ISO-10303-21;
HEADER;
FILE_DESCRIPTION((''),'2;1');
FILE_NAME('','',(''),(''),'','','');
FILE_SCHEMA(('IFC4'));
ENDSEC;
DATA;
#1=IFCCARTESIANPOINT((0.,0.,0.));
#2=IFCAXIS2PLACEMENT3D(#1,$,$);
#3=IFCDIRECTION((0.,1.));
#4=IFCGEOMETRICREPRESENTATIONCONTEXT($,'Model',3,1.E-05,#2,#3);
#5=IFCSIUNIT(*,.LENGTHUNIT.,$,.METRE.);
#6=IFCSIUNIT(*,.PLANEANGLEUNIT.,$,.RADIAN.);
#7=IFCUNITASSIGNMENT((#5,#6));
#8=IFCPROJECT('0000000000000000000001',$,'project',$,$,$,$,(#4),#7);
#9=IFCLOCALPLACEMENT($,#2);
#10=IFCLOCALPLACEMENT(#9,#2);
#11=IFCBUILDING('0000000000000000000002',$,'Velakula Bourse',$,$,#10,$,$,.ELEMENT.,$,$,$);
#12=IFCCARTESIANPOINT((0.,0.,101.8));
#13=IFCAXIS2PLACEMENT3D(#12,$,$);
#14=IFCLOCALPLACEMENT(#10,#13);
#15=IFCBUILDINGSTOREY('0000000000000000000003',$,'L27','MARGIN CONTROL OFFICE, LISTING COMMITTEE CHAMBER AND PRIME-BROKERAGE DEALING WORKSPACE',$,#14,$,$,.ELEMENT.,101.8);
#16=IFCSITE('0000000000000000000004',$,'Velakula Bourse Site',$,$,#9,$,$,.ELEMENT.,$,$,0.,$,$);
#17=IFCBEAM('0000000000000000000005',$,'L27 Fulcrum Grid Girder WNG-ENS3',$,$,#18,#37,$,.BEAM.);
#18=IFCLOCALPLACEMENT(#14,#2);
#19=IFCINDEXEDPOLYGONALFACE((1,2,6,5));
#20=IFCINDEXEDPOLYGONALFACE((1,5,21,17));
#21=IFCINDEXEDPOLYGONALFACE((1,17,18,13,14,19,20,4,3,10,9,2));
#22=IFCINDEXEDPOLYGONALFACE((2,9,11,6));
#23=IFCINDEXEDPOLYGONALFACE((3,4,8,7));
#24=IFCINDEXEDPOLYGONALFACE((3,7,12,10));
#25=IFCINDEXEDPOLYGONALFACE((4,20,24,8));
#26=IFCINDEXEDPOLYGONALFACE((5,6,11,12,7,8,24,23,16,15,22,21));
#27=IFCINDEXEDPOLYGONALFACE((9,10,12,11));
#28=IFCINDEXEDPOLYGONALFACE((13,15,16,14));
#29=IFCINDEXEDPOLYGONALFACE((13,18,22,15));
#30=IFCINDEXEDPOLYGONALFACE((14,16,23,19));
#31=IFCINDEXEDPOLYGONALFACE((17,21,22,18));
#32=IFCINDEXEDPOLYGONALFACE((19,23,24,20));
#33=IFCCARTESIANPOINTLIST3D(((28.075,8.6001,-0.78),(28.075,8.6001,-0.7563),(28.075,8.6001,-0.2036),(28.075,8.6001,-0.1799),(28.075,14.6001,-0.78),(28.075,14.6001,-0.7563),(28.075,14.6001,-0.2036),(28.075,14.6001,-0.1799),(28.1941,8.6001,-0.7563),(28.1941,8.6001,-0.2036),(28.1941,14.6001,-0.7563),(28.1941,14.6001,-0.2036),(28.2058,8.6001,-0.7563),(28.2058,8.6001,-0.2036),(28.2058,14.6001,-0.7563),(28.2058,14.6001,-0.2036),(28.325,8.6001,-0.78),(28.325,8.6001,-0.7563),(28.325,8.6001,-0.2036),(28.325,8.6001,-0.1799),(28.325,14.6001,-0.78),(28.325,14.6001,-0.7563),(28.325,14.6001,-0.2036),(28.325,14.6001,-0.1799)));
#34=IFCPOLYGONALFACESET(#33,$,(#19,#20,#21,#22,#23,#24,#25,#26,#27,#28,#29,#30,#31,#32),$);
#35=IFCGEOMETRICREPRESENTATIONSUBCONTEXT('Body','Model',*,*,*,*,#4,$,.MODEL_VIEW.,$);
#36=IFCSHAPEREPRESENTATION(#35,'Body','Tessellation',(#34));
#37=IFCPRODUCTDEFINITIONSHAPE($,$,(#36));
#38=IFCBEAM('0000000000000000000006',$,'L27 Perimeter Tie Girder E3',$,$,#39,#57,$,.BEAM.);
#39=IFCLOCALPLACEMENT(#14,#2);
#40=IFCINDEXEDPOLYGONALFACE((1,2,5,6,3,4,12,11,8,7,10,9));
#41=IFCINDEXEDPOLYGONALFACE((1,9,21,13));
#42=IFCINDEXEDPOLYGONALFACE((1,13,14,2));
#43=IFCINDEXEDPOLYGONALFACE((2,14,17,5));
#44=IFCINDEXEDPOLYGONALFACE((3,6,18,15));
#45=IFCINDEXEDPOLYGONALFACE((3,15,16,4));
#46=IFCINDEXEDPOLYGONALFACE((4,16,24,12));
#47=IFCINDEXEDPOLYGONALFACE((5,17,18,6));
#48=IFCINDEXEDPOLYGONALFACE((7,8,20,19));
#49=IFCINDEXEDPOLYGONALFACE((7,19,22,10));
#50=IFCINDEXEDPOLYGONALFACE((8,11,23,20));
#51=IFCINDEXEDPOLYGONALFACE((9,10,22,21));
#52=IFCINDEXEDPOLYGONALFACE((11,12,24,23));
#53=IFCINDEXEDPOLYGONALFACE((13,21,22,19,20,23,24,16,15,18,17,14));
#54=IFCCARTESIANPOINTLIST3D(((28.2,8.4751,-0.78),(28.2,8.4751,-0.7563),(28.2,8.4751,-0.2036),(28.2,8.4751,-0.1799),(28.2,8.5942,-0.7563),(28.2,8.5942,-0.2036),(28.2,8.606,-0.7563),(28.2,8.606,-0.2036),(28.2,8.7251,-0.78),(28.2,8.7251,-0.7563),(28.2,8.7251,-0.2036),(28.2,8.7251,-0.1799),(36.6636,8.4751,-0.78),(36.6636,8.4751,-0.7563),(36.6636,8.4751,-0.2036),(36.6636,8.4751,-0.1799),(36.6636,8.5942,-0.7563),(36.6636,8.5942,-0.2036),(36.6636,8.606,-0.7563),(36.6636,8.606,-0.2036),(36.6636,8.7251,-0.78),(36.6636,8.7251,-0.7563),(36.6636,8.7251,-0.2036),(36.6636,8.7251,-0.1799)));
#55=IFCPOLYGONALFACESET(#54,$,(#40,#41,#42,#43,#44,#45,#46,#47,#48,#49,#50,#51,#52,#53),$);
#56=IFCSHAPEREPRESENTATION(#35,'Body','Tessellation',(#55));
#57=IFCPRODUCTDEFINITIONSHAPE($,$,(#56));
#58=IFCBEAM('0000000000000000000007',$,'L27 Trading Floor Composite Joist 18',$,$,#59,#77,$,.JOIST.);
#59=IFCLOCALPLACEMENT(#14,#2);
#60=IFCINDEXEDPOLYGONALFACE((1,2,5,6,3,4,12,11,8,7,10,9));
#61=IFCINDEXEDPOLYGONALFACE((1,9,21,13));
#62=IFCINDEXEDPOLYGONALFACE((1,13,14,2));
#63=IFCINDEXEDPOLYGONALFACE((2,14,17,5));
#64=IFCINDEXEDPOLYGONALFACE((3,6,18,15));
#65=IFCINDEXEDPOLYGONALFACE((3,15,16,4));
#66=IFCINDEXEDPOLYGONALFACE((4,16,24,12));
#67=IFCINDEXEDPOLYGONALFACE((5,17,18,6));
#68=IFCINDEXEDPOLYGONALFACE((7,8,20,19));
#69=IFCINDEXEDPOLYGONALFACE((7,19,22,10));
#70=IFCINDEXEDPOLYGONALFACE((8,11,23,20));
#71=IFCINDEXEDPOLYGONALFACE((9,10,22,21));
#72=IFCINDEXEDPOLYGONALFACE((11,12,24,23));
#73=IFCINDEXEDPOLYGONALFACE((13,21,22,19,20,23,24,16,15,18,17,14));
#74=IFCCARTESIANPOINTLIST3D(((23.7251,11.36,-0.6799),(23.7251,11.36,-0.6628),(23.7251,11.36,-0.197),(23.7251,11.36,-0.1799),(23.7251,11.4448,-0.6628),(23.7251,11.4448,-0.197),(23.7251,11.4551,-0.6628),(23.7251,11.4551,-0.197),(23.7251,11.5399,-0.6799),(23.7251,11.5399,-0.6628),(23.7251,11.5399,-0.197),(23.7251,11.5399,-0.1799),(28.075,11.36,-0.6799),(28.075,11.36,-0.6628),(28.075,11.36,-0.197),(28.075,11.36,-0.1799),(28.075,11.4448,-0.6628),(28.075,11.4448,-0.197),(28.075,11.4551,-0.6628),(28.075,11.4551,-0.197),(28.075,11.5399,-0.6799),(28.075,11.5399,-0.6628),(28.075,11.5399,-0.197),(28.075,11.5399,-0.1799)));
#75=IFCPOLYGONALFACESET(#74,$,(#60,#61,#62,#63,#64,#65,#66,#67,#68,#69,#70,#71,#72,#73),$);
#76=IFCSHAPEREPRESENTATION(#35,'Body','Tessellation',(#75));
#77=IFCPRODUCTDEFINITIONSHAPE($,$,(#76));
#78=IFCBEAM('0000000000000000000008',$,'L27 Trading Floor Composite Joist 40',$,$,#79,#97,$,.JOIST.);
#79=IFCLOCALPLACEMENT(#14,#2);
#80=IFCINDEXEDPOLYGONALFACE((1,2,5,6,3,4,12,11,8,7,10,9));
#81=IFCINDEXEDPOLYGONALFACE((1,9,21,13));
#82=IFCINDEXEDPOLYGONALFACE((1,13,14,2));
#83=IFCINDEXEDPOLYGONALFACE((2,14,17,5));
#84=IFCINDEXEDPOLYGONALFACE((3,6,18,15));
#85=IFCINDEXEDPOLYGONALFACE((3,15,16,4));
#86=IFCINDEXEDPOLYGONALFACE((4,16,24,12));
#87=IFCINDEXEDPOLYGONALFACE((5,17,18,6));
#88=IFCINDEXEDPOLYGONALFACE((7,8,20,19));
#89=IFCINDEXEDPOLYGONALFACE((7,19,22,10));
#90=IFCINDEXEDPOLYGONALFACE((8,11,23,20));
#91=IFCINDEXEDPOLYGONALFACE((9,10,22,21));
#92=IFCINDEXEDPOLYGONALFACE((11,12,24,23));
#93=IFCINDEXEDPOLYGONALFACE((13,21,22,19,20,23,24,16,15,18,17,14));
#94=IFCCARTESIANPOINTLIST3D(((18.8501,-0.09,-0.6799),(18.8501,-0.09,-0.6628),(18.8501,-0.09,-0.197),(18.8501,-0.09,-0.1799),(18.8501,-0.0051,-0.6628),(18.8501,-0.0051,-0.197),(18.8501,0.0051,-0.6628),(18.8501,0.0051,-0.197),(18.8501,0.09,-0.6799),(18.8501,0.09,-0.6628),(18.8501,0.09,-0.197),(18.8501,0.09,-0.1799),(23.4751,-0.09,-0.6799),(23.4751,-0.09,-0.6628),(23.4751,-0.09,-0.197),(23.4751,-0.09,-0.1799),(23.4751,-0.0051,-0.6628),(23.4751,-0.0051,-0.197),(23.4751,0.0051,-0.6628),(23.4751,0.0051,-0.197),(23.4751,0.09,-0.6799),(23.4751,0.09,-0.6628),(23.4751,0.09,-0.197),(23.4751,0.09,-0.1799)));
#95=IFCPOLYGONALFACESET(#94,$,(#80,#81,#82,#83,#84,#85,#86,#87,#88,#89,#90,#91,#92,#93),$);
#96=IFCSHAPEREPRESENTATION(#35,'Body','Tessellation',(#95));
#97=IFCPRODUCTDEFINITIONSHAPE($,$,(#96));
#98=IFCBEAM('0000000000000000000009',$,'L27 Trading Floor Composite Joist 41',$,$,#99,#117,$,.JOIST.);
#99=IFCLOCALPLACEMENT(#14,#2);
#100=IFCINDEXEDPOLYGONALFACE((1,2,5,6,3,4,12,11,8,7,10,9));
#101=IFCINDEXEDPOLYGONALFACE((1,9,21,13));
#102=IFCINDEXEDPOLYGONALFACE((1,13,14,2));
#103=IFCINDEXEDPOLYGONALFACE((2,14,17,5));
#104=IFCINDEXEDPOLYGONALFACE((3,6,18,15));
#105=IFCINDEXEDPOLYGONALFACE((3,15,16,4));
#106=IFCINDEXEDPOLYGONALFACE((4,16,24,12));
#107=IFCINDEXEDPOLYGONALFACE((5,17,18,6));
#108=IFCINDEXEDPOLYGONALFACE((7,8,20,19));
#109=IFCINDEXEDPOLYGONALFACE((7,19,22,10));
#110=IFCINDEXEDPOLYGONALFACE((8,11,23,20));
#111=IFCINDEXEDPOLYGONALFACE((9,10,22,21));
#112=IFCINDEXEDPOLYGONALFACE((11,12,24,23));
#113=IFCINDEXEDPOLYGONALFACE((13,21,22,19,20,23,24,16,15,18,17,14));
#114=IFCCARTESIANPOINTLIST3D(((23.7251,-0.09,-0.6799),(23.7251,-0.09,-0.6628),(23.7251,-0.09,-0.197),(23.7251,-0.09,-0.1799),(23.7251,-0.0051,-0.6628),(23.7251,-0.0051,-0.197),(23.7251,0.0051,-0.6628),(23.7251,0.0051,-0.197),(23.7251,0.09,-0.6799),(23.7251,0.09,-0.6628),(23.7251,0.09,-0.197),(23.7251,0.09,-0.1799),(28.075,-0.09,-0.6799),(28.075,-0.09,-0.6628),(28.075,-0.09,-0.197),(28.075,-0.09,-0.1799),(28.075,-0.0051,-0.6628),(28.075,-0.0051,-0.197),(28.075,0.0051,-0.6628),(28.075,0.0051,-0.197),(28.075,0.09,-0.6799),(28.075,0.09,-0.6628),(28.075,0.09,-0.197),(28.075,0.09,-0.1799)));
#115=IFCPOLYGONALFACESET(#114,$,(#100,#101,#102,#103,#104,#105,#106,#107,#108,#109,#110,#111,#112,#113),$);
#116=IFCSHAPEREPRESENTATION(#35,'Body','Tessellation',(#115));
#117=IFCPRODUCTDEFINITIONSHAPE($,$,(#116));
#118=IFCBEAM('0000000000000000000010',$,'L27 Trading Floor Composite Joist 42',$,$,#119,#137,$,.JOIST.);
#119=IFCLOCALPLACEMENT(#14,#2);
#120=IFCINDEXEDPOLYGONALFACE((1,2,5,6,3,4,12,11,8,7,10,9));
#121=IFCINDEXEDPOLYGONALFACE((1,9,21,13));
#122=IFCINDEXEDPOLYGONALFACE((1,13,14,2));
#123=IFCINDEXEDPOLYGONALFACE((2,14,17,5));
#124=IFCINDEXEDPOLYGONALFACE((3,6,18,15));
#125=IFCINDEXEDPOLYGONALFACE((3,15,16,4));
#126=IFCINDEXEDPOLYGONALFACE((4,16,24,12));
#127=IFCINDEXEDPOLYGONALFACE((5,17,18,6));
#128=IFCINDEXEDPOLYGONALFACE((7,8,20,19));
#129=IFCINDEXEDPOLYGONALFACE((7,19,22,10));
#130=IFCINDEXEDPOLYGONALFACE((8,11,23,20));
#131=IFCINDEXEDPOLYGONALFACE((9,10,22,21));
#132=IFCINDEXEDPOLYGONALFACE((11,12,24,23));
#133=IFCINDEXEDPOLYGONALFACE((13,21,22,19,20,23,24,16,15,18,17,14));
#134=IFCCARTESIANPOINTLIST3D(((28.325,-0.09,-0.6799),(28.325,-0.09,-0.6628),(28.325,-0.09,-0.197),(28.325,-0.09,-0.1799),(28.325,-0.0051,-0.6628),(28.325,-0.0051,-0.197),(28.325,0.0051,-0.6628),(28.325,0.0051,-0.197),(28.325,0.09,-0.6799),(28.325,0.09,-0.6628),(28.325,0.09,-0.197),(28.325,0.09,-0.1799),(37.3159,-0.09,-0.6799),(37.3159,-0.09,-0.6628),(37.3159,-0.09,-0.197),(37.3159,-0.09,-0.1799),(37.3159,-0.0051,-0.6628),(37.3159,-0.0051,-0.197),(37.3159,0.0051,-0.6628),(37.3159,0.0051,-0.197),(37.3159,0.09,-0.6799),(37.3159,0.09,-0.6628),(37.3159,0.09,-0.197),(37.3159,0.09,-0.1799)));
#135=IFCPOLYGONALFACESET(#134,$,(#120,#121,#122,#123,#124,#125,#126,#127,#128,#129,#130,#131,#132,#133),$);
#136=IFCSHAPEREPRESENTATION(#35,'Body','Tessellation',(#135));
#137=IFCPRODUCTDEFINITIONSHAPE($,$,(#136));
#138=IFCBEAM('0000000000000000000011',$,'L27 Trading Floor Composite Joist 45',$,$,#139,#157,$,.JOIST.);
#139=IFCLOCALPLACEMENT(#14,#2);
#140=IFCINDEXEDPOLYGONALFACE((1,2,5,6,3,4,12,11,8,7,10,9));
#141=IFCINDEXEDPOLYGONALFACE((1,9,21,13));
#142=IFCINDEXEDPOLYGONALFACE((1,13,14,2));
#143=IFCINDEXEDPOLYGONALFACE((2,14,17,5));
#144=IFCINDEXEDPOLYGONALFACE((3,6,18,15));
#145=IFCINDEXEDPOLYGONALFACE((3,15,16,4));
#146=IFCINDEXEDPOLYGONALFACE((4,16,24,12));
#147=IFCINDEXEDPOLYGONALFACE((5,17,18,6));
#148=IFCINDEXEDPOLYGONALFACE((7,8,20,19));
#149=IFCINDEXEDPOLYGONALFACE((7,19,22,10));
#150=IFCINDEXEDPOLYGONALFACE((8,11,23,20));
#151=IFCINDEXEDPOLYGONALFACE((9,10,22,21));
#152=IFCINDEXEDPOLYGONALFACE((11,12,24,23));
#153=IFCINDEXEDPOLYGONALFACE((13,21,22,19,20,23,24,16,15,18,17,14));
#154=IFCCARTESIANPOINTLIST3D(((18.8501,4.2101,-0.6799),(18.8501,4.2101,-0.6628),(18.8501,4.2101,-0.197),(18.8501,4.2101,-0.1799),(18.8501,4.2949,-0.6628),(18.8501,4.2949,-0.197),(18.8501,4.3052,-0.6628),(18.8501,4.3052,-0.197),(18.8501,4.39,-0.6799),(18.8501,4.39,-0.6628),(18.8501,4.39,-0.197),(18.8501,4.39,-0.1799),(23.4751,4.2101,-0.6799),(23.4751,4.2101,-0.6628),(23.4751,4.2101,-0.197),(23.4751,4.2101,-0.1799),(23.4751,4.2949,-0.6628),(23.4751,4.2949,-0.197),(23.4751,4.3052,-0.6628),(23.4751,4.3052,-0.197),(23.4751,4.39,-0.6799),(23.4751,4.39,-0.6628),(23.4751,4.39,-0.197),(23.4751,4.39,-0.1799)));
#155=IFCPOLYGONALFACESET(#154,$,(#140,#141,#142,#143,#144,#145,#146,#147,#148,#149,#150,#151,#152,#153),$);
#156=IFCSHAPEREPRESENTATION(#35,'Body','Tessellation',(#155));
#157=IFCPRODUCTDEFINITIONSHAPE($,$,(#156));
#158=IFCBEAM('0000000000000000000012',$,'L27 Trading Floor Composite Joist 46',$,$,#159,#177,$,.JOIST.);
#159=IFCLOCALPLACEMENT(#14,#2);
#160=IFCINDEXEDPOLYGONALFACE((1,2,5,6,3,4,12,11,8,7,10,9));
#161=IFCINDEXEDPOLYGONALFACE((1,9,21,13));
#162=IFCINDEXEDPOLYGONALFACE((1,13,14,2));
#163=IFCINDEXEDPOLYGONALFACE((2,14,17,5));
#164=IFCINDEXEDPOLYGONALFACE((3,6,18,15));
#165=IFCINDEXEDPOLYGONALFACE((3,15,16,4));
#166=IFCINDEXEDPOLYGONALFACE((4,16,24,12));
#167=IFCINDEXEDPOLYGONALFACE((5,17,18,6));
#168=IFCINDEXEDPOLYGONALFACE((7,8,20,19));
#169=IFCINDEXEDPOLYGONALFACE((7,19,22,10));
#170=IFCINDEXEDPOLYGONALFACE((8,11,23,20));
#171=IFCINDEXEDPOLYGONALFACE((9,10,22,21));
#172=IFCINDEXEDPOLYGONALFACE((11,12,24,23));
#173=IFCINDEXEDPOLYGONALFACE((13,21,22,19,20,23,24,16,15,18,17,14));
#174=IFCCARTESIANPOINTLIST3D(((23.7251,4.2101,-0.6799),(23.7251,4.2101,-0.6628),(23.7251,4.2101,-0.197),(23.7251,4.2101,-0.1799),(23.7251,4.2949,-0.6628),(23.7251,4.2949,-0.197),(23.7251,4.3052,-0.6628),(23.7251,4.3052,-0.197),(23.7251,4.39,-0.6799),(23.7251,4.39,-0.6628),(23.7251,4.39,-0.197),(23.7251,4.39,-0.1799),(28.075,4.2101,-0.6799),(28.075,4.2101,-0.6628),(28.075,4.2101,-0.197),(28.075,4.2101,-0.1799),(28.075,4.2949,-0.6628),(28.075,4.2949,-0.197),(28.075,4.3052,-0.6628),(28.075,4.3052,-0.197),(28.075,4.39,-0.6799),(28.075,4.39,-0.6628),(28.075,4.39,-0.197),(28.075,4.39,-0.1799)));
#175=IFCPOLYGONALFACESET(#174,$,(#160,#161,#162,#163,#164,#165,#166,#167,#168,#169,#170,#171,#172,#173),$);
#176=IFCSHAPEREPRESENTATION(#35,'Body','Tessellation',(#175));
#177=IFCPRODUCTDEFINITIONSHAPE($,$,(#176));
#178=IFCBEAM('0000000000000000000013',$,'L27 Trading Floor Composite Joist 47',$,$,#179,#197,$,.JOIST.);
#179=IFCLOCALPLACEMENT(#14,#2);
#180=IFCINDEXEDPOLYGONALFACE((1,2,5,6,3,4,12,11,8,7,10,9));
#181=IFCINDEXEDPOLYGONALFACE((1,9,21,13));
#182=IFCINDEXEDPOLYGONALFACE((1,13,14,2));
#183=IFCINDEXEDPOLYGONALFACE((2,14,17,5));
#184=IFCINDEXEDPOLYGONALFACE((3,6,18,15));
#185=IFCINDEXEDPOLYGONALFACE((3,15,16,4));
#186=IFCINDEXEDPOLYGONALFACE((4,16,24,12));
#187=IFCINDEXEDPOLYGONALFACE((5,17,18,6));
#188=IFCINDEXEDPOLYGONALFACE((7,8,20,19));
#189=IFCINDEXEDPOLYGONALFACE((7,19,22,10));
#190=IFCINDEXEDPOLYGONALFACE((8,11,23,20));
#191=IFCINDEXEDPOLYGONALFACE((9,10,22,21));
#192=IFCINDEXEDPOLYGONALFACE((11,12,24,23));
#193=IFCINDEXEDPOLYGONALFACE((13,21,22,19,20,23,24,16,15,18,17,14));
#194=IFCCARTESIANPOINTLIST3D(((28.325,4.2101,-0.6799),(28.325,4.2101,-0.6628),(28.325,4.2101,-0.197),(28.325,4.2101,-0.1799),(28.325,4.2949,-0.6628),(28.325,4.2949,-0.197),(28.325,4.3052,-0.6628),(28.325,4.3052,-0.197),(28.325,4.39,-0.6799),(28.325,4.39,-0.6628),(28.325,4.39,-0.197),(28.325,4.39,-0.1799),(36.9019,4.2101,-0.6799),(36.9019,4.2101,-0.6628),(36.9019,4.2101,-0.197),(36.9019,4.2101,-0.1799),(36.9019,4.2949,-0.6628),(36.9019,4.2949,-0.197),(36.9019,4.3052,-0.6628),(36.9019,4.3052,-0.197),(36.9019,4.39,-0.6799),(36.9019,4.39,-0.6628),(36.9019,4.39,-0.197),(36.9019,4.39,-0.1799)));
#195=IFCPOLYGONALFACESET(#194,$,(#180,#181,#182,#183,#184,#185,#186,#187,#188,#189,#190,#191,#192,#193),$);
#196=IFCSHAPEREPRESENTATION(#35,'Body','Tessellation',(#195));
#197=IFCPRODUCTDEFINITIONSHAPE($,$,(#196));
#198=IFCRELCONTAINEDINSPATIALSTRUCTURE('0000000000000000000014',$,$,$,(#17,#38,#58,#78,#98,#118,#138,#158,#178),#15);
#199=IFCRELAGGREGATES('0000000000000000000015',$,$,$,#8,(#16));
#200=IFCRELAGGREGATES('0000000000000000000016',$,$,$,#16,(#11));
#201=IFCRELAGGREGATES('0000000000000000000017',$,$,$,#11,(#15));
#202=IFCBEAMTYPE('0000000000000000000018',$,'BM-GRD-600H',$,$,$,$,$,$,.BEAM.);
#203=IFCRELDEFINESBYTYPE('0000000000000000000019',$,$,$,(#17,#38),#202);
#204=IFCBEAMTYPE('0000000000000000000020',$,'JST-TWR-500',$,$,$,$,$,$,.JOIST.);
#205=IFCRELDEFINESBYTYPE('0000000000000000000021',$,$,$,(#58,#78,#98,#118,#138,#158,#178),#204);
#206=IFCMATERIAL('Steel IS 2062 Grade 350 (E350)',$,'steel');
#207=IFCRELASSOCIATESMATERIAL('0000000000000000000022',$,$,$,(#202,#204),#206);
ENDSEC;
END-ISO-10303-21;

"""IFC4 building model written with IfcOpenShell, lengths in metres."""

from ifc_helpers import new_model, si_unit, direction, frame, origin, origin_2d, place, context, subcontext, project, spatial, i_section, extrude, material, material_profile, profile_set, type_object, element, save


model = new_model("IFC4")

# Units and contexts
model_context = context("Model", 3, precision=1e-05, world=origin(), true_north=direction((0.0, 1.0)))
body_context = subcontext(model_context, "Body", "Model", "MODEL_VIEW")
ifc_project = project(units=[si_unit("LENGTHUNIT", "METRE"), si_unit("PLANEANGLEUNIT", "RADIAN")], contexts=[model_context])

# Site, building, storey
site_placement = place(None, origin())
site = spatial("IfcSite", under=ifc_project, at=site_placement, Name="Velakula Bourse Site", CompositionType="ELEMENT", RefElevation=0.0)
building_placement = place(site_placement, origin())
building = spatial("IfcBuilding", under=site, at=building_placement, Name="Velakula Bourse", CompositionType="ELEMENT")
storey_placement = place(building_placement, frame((0.0, 0.0, 101.8)))
storey = spatial("IfcBuildingStorey", under=building, at=storey_placement, Name="L27", Description="MARGIN CONTROL OFFICE, LISTING COMMITTEE CHAMBER AND PRIME-BROKERAGE DEALING WORKSPACE", CompositionType="ELEMENT", Elevation=101.8)

# Beams
ifc_material_1 = material(Name="Steel IS 2062 Grade 350 (E350)", Category="steel")
ifc_material_profile_1 = material_profile(ifc_material_1, i_section(OverallWidth=0.25, OverallDepth=0.6001, WebThickness=0.0117, FlangeThickness=0.0237, at=origin_2d()), Name="Steel IS 2062 Grade 350 (E350)")
ifc_profile_set_1 = profile_set([ifc_material_profile_1], Name="Steel IS 2062 Grade 350 (E350)")
beam_type_1 = type_object("IfcBeamType", Name="BM-GRD-600H", PredefinedType="BEAM", material=ifc_profile_set_1)
beam_1_placement = place(storey_placement, frame((28.2, 8.6001, -0.48), z_axis=(0.0, 1.0, 0.0), x_axis=(-1.0, 0.0, 0.0)))
element("IfcBeam", 1, at=beam_1_placement, inside=storey, type_object=beam_type_1, Name="L27 Fulcrum Grid Girder WNG-ENS3", PredefinedType="BEAM", context=body_context, shape_type="SweptSolid", body=[
    extrude(i_section(OverallWidth=0.25, OverallDepth=0.6001, WebThickness=0.0117, FlangeThickness=0.0237, at=origin_2d()), origin(), (0.0, 0.0, 1.0), 6.0),
])
beam_2_placement = place(storey_placement, frame((28.2, 8.6001, -0.48), z_axis=(1.0, 0.0, 0.0), x_axis=(0.0, 1.0, 0.0)))
element("IfcBeam", 2, at=beam_2_placement, inside=storey, type_object=beam_type_1, Name="L27 Perimeter Tie Girder E3", PredefinedType="BEAM", context=body_context, shape_type="SweptSolid", body=[
    extrude(i_section(OverallWidth=0.25, OverallDepth=0.6001, WebThickness=0.0117, FlangeThickness=0.0237, at=origin_2d()), origin(), (0.0, 0.0, 1.0), 8.4636),
])
ifc_material_profile_2 = material_profile(ifc_material_1, i_section(OverallWidth=0.1799, OverallDepth=0.5, WebThickness=0.0103, FlangeThickness=0.0171, at=origin_2d()), Name="Steel IS 2062 Grade 350 (E350)")
ifc_profile_set_2 = profile_set([ifc_material_profile_2], Name="Steel IS 2062 Grade 350 (E350)")
beam_type_2 = type_object("IfcBeamType", Name="JST-TWR-500", PredefinedType="JOIST", material=ifc_profile_set_2)
beam_3_placement = place(storey_placement, frame((23.7251, 11.45, -0.4299), z_axis=(1.0, 0.0, 0.0), x_axis=(0.0, 1.0, 0.0)))
element("IfcBeam", 3, at=beam_3_placement, inside=storey, type_object=beam_type_2, Name="L27 Trading Floor Composite Joist 18", PredefinedType="JOIST", context=body_context, shape_type="SweptSolid", body=[
    extrude(i_section(OverallWidth=0.1799, OverallDepth=0.5, WebThickness=0.0103, FlangeThickness=0.0171, at=origin_2d()), origin(), (0.0, 0.0, 1.0), 4.3499),
])
beam_4_placement = place(storey_placement, frame((18.8501, 0.0, -0.4299), z_axis=(1.0, 0.0, 0.0), x_axis=(0.0, 1.0, 0.0)))
element("IfcBeam", 4, at=beam_4_placement, inside=storey, type_object=beam_type_2, Name="L27 Trading Floor Composite Joist 40", PredefinedType="JOIST", context=body_context, shape_type="SweptSolid", body=[
    extrude(i_section(OverallWidth=0.1799, OverallDepth=0.5, WebThickness=0.0103, FlangeThickness=0.0171, at=origin_2d()), origin(), (0.0, 0.0, 1.0), 4.625),
])
beam_5_placement = place(storey_placement, frame((23.7251, 0.0, -0.4299), z_axis=(1.0, 0.0, 0.0), x_axis=(0.0, 1.0, 0.0)))
element("IfcBeam", 5, at=beam_5_placement, inside=storey, type_object=beam_type_2, Name="L27 Trading Floor Composite Joist 41", PredefinedType="JOIST", context=body_context, shape_type="SweptSolid", body=[
    extrude(i_section(OverallWidth=0.1799, OverallDepth=0.5, WebThickness=0.0103, FlangeThickness=0.0171, at=origin_2d()), origin(), (0.0, 0.0, 1.0), 4.3499),
])
beam_6_placement = place(storey_placement, frame((28.325, 0.0, -0.4299), z_axis=(1.0, 0.0, 0.0), x_axis=(0.0, 1.0, 0.0)))
element("IfcBeam", 6, at=beam_6_placement, inside=storey, type_object=beam_type_2, Name="L27 Trading Floor Composite Joist 42", PredefinedType="JOIST", context=body_context, shape_type="SweptSolid", body=[
    extrude(i_section(OverallWidth=0.1799, OverallDepth=0.5, WebThickness=0.0103, FlangeThickness=0.0171, at=origin_2d()), origin(), (0.0, 0.0, 1.0), 8.991),
])
beam_7_placement = place(storey_placement, frame((18.8501, 4.3, -0.4299), z_axis=(1.0, 0.0, 0.0), x_axis=(0.0, 1.0, 0.0)))
element("IfcBeam", 7, at=beam_7_placement, inside=storey, type_object=beam_type_2, Name="L27 Trading Floor Composite Joist 45", PredefinedType="JOIST", context=body_context, shape_type="SweptSolid", body=[
    extrude(i_section(OverallWidth=0.1799, OverallDepth=0.5, WebThickness=0.0103, FlangeThickness=0.0171, at=origin_2d()), origin(), (0.0, 0.0, 1.0), 4.625),
])
beam_8_placement = place(storey_placement, frame((23.7251, 4.3, -0.4299), z_axis=(1.0, 0.0, 0.0), x_axis=(0.0, 1.0, 0.0)))
element("IfcBeam", 8, at=beam_8_placement, inside=storey, type_object=beam_type_2, Name="L27 Trading Floor Composite Joist 46", PredefinedType="JOIST", context=body_context, shape_type="SweptSolid", body=[
    extrude(i_section(OverallWidth=0.1799, OverallDepth=0.5, WebThickness=0.0103, FlangeThickness=0.0171, at=origin_2d()), origin(), (0.0, 0.0, 1.0), 4.3499),
])
beam_9_placement = place(storey_placement, frame((28.325, 4.3, -0.4299), z_axis=(1.0, 0.0, 0.0), x_axis=(0.0, 1.0, 0.0)))
element("IfcBeam", 9, at=beam_9_placement, inside=storey, type_object=beam_type_2, Name="L27 Trading Floor Composite Joist 47", PredefinedType="JOIST", context=body_context, shape_type="SweptSolid", body=[
    extrude(i_section(OverallWidth=0.1799, OverallDepth=0.5, WebThickness=0.0103, FlangeThickness=0.0171, at=origin_2d()), origin(), (0.0, 0.0, 1.0), 8.5769),
])

save(model, "model.ifc")
